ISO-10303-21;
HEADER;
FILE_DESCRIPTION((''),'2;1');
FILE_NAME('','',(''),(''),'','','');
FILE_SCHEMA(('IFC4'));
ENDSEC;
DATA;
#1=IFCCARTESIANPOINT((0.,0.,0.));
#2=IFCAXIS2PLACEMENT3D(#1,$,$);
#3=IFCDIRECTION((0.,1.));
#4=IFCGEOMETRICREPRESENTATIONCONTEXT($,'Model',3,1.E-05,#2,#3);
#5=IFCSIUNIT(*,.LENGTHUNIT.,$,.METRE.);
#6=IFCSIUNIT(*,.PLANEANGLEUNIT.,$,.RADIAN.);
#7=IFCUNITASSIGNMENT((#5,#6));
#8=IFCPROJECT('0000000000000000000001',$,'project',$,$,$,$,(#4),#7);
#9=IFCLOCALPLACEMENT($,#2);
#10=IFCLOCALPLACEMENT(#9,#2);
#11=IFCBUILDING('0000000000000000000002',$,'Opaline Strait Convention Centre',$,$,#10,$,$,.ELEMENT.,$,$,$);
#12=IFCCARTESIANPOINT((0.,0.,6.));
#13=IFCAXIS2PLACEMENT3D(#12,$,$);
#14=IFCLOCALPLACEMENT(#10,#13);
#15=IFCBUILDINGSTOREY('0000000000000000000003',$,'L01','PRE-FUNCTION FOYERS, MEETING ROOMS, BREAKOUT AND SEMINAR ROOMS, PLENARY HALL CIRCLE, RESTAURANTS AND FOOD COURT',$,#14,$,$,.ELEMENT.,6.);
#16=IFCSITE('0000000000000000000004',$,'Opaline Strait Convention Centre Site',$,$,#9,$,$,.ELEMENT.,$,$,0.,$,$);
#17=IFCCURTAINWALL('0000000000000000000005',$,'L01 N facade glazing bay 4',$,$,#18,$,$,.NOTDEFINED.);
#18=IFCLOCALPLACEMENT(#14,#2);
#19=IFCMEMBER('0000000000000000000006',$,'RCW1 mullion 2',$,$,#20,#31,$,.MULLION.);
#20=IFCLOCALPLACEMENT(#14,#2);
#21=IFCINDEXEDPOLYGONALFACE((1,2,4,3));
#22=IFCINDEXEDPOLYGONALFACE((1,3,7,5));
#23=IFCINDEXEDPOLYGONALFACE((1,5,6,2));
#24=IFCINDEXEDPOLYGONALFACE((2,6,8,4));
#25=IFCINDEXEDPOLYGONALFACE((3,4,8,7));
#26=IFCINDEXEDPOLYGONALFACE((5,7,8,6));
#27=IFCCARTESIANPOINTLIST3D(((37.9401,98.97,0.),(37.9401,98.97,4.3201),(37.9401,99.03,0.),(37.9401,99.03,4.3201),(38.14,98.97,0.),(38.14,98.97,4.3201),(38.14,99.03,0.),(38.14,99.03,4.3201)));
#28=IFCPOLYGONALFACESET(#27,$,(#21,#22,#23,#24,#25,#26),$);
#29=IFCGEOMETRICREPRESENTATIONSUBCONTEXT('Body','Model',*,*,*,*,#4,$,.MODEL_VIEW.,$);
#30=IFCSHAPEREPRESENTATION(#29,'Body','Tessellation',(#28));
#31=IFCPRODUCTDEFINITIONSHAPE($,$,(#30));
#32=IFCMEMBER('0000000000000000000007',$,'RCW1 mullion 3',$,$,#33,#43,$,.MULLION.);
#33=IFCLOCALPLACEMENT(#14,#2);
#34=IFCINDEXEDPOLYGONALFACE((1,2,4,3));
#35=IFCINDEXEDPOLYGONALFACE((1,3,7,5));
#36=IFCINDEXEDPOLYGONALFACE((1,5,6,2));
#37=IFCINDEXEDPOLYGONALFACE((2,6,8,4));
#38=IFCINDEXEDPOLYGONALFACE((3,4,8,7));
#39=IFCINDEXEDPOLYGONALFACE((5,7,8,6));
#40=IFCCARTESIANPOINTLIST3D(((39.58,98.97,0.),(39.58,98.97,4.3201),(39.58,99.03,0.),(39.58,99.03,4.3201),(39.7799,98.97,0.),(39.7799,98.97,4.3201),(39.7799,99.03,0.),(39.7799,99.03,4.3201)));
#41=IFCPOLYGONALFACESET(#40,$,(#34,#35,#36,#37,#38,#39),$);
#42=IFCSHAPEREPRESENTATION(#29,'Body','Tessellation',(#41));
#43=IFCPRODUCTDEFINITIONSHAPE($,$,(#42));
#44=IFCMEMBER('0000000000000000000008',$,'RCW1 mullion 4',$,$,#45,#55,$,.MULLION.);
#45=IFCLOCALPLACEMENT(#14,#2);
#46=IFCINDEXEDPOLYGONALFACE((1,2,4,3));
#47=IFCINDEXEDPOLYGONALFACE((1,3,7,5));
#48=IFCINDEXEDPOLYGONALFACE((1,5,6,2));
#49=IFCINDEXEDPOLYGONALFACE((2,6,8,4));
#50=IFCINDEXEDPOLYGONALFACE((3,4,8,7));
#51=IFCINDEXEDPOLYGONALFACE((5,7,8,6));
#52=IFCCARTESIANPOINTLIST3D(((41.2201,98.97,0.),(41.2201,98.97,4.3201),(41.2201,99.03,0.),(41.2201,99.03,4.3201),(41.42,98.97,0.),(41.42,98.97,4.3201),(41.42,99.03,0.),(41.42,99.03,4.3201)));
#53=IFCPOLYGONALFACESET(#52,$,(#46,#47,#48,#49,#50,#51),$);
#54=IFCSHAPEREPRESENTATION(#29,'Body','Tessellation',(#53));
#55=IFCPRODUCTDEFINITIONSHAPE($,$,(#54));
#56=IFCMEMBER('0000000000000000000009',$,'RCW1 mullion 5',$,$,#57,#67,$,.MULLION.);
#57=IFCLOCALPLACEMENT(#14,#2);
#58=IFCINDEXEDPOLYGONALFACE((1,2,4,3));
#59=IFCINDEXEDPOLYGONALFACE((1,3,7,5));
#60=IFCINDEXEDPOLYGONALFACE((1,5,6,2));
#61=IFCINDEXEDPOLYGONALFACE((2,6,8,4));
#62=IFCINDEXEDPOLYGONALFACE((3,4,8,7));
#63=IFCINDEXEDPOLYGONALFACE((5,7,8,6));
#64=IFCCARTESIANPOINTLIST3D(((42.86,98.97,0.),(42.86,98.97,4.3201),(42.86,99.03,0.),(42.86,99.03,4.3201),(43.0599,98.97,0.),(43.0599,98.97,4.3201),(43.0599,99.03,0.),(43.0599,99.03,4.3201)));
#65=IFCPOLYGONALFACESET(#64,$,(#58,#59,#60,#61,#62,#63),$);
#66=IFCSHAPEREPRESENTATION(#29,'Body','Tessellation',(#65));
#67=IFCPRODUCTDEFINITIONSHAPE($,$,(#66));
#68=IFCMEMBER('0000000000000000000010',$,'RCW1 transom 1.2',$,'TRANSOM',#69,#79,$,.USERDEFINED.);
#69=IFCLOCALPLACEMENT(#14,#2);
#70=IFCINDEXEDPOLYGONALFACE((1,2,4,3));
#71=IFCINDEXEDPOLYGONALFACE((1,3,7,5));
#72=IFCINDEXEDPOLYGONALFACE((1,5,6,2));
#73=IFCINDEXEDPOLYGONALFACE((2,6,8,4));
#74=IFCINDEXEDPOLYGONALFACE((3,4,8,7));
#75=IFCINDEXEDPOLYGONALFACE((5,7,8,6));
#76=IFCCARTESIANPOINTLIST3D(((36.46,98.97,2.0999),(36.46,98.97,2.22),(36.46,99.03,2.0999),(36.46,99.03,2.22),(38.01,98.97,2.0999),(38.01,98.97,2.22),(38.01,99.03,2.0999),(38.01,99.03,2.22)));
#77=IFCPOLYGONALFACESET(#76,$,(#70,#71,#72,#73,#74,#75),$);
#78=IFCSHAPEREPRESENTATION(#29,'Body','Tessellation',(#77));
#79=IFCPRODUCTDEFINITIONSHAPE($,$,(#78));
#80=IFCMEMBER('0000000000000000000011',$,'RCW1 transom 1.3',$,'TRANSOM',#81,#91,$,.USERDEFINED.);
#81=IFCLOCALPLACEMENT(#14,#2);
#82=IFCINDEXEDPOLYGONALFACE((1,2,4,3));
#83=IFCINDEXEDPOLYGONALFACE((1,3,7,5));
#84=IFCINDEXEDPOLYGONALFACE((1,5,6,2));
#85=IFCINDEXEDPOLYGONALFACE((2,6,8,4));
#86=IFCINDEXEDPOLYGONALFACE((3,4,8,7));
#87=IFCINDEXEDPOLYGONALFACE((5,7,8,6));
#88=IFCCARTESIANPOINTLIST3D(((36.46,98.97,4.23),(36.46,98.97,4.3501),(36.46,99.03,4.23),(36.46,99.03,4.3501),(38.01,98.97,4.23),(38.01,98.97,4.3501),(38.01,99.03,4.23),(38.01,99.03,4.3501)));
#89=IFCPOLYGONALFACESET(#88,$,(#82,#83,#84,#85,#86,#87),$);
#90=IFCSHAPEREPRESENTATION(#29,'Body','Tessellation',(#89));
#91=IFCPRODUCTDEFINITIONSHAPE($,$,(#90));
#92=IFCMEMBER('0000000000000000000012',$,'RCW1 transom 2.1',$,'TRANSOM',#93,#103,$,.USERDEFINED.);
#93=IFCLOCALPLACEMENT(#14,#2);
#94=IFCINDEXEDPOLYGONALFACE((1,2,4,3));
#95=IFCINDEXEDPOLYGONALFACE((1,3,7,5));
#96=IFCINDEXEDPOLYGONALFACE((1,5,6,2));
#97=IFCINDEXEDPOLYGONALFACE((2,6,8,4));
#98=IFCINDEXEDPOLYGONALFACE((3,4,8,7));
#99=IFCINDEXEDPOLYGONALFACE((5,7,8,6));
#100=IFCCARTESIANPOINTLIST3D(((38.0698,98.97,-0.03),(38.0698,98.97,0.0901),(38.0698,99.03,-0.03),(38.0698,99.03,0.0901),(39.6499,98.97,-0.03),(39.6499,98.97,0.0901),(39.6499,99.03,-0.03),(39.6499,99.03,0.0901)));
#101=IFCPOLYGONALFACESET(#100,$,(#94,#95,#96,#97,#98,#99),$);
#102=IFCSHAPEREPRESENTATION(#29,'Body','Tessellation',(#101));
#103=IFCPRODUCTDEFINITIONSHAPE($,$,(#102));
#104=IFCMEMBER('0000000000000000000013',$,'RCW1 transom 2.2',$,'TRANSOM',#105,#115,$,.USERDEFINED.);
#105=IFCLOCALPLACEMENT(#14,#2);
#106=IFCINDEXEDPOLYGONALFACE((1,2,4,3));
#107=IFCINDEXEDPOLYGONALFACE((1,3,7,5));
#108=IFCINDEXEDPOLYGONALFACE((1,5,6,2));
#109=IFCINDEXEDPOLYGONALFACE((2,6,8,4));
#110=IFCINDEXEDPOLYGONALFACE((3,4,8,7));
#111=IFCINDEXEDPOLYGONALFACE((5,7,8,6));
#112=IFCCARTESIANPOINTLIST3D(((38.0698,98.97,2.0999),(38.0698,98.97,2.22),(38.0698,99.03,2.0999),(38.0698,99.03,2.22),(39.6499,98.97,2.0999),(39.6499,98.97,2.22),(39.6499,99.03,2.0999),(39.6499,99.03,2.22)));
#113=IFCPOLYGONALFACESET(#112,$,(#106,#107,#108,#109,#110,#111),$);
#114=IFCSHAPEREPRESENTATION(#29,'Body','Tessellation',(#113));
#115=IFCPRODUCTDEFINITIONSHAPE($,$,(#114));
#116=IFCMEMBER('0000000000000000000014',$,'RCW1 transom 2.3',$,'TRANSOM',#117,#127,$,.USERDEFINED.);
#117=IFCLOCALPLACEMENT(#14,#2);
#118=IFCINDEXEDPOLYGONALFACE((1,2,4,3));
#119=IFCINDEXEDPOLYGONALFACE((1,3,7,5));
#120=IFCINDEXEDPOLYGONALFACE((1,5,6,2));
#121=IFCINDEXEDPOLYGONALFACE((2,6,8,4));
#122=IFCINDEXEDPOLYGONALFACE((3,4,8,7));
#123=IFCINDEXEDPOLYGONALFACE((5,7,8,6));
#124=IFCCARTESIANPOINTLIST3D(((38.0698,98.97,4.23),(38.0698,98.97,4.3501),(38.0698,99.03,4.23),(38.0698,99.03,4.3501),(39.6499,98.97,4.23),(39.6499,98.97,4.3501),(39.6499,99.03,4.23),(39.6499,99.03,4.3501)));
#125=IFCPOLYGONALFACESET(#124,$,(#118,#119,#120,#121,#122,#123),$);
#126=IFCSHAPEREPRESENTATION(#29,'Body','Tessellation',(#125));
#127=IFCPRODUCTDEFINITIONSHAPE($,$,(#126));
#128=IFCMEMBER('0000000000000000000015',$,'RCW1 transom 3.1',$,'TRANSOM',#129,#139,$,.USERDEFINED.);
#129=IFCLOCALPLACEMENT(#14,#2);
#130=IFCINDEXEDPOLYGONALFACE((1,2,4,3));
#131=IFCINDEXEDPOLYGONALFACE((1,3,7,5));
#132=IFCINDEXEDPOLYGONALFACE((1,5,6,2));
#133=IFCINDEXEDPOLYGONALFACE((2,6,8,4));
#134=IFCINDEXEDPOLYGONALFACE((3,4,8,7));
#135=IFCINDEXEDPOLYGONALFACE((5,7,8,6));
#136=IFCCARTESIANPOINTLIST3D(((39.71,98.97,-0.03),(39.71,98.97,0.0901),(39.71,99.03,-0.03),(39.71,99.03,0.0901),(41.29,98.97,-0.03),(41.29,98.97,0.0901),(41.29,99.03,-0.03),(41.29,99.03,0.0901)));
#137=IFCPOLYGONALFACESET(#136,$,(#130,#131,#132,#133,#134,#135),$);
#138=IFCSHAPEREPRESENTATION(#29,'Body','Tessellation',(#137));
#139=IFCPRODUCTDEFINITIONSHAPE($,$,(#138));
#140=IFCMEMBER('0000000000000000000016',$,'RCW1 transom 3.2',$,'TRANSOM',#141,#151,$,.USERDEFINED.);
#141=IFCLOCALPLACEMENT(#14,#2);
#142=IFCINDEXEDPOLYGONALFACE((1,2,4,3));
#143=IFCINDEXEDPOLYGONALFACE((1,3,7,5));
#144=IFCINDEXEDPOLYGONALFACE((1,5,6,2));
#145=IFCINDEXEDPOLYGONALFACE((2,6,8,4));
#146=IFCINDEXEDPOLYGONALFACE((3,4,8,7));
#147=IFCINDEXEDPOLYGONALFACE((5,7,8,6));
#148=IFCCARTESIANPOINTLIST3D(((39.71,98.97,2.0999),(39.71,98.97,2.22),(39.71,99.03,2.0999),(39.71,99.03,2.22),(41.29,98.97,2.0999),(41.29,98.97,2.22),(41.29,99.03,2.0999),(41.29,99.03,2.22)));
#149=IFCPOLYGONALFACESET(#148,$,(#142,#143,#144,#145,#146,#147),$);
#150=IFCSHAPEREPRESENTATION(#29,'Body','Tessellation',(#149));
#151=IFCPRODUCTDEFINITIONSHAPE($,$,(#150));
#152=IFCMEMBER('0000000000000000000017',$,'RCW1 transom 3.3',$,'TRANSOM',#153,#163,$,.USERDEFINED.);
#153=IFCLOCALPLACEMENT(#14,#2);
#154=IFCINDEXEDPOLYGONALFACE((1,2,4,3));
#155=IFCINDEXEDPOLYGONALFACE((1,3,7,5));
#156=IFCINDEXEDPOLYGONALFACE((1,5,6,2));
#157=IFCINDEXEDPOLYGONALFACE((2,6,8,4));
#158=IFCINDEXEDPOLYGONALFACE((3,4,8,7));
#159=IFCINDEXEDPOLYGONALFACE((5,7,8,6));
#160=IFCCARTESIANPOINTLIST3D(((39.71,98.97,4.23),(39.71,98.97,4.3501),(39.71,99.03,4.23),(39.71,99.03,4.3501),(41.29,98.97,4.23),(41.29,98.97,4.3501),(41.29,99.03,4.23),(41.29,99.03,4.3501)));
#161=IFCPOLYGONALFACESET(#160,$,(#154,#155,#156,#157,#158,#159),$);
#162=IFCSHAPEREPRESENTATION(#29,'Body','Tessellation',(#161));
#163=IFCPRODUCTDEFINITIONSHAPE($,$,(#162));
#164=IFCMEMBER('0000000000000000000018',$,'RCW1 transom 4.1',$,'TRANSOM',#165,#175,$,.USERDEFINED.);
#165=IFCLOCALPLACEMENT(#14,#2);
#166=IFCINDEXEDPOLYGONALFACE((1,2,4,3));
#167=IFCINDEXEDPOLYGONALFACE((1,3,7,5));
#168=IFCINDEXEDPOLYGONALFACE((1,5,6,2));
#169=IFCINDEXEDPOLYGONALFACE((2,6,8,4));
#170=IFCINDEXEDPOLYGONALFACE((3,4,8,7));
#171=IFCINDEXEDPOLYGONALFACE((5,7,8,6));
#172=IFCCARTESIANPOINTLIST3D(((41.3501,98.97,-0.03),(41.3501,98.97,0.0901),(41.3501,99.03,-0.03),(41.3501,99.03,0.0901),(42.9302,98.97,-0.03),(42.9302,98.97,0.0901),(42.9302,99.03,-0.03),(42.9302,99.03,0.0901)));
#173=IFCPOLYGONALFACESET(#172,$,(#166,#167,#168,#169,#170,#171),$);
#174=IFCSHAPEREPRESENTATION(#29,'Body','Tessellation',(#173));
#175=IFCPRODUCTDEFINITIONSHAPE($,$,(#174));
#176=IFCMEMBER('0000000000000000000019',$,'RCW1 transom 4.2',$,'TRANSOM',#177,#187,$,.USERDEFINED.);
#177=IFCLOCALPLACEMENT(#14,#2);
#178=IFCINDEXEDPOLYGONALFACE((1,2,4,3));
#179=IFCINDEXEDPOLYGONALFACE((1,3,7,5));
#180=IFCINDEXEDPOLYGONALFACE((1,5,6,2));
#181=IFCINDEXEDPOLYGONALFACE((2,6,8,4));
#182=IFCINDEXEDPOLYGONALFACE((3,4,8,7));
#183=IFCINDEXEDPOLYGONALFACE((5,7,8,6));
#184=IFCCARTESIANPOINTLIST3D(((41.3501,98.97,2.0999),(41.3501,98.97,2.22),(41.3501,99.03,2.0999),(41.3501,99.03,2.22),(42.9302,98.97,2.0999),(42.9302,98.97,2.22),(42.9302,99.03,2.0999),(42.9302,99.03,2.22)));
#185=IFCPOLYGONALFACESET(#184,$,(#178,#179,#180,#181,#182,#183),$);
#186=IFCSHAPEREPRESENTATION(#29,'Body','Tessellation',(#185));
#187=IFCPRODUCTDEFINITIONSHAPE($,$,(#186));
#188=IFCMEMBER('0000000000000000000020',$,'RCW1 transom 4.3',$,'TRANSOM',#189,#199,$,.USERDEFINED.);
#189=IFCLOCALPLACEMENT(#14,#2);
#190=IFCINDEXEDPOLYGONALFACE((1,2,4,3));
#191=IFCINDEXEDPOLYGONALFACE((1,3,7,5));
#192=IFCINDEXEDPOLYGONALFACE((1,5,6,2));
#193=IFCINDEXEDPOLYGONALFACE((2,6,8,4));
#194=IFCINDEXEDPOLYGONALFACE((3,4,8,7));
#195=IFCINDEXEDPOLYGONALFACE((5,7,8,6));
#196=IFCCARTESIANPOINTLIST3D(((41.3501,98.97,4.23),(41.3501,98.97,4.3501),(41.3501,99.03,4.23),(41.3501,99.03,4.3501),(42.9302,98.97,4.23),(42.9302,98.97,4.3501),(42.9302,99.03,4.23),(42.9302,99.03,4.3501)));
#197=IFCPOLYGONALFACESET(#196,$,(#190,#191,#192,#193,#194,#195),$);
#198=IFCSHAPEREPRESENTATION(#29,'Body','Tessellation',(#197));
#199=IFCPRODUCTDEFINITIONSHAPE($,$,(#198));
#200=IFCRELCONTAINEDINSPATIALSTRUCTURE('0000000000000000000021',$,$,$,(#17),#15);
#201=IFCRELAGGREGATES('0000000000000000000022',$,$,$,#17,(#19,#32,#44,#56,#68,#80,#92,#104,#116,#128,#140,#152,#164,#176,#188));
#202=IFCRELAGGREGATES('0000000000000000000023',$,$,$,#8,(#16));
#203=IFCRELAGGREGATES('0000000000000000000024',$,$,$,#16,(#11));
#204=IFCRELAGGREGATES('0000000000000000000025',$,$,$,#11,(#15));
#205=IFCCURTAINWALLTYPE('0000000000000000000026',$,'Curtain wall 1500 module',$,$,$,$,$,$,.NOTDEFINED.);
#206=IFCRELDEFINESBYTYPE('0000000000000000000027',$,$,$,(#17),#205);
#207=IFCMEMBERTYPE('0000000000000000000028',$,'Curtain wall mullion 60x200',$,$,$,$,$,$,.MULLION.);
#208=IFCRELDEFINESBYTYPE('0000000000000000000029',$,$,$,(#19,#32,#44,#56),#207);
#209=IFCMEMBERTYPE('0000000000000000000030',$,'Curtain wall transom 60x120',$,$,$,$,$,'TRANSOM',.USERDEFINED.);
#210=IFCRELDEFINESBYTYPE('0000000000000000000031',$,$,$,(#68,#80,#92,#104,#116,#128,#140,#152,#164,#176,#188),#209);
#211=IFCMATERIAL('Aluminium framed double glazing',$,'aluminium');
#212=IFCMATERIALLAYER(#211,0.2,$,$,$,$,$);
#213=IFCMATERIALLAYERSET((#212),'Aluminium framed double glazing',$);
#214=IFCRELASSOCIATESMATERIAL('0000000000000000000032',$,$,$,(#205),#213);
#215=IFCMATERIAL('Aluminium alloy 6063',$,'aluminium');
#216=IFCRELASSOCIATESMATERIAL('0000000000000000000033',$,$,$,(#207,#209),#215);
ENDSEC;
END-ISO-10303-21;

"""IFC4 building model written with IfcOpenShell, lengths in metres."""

from ifc_helpers import new_model, si_unit, direction, frame, origin, origin_2d, place, context, subcontext, project, spatial, rectangle, extrude, material, layer, layer_set, material_profile, profile_set, type_object, element, aggregate, save


model = new_model("IFC4")

# Units and contexts
model_context = context("Model", 3, precision=1e-05, world=origin(), true_north=direction((0.0, 1.0)))
body_context = subcontext(model_context, "Body", "Model", "MODEL_VIEW")
ifc_project = project(units=[si_unit("LENGTHUNIT", "METRE"), si_unit("PLANEANGLEUNIT", "RADIAN")], contexts=[model_context])

# Site, building, storey
site_placement = place(None, origin())
site = spatial("IfcSite", under=ifc_project, at=site_placement, Name="Opaline Strait Convention Centre Site", CompositionType="ELEMENT", RefElevation=0.0)
building_placement = place(site_placement, origin())
building = spatial("IfcBuilding", under=site, at=building_placement, Name="Opaline Strait Convention Centre", CompositionType="ELEMENT")
storey_placement = place(building_placement, frame((0.0, 0.0, 6.0)))
storey = spatial("IfcBuildingStorey", under=building, at=storey_placement, Name="L01", Description="PRE-FUNCTION FOYERS, MEETING ROOMS, BREAKOUT AND SEMINAR ROOMS, PLENARY HALL CIRCLE, RESTAURANTS AND FOOD COURT", CompositionType="ELEMENT", Elevation=6.0)

# Curtain wall, members
ifc_material_1 = material(Name="Aluminium framed double glazing", Category="aluminium")
ifc_layer_1 = layer(ifc_material_1, 0.2)
ifc_layer_set_1 = layer_set([ifc_layer_1], Name="Aluminium framed double glazing")
curtain_wall_type = type_object("IfcCurtainWallType", Name="Curtain wall 1500 module", PredefinedType="NOTDEFINED", material=ifc_layer_set_1)
curtain_wall_placement = place(storey_placement, origin())
curtain_wall = element("IfcCurtainWall", 1, at=curtain_wall_placement, inside=storey, type_object=curtain_wall_type, Name="L01 N facade glazing bay 4", PredefinedType="NOTDEFINED")
ifc_material_2 = material(Name="Aluminium alloy 6063", Category="aluminium")
ifc_material_profile_1 = material_profile(ifc_material_2, rectangle(XDim=0.0601, YDim=0.2, at=origin_2d()), Name="Curtain wall mullion 60x200")
ifc_profile_set_1 = profile_set([ifc_material_profile_1], Name="Aluminium alloy 6063")
member_type_1 = type_object("IfcMemberType", Name="Curtain wall mullion 60x200", PredefinedType="MULLION", material=ifc_profile_set_1)
member_1_placement = place(storey_placement, frame((38.04, 99.0, 0.0), z_axis=(0.0, 0.0, 1.0), x_axis=(0.0, 1.0, 0.0)))
member_1 = element("IfcMember", 2, at=member_1_placement, type_object=member_type_1, Name="RCW1 mullion 2", PredefinedType="MULLION", context=body_context, shape_type="SweptSolid", body=[
    extrude(rectangle(XDim=0.0601, YDim=0.2, at=origin_2d()), origin(), (0.0, 0.0, 1.0), 4.3201),
])
member_2_placement = place(storey_placement, frame((39.6799, 99.0, 0.0), z_axis=(0.0, 0.0, 1.0), x_axis=(0.0, 1.0, 0.0)))
member_2 = element("IfcMember", 3, at=member_2_placement, type_object=member_type_1, Name="RCW1 mullion 3", PredefinedType="MULLION", context=body_context, shape_type="SweptSolid", body=[
    extrude(rectangle(XDim=0.0601, YDim=0.2, at=origin_2d()), origin(), (0.0, 0.0, 1.0), 4.3201),
])
member_3_placement = place(storey_placement, frame((41.3201, 99.0, 0.0), z_axis=(0.0, 0.0, 1.0), x_axis=(0.0, 1.0, 0.0)))
member_3 = element("IfcMember", 4, at=member_3_placement, type_object=member_type_1, Name="RCW1 mullion 4", PredefinedType="MULLION", context=body_context, shape_type="SweptSolid", body=[
    extrude(rectangle(XDim=0.0601, YDim=0.2, at=origin_2d()), origin(), (0.0, 0.0, 1.0), 4.3201),
])
member_4_placement = place(storey_placement, frame((42.96, 99.0, 0.0), z_axis=(0.0, 0.0, 1.0), x_axis=(0.0, 1.0, 0.0)))
member_4 = element("IfcMember", 5, at=member_4_placement, type_object=member_type_1, Name="RCW1 mullion 5", PredefinedType="MULLION", context=body_context, shape_type="SweptSolid", body=[
    extrude(rectangle(XDim=0.0601, YDim=0.2, at=origin_2d()), origin(), (0.0, 0.0, 1.0), 4.3201),
])
ifc_material_profile_2 = material_profile(ifc_material_2, rectangle(XDim=0.0601, YDim=0.1201, at=origin_2d()), Name="Curtain wall transom 60x120")
ifc_profile_set_2 = profile_set([ifc_material_profile_2], Name="Aluminium alloy 6063")
member_type_2 = type_object("IfcMemberType", Name="Curtain wall transom 60x120", ElementType="TRANSOM", PredefinedType="USERDEFINED", material=ifc_profile_set_2)
member_5_placement = place(storey_placement, frame((36.46, 99.0, 2.1599), z_axis=(1.0, 0.0, 0.0), x_axis=(0.0, 1.0, 0.0)))
member_5 = element("IfcMember", 6, at=member_5_placement, type_object=member_type_2, Name="RCW1 transom 1.2", ObjectType="TRANSOM", PredefinedType="USERDEFINED", context=body_context, shape_type="SweptSolid", body=[
    extrude(rectangle(XDim=0.0601, YDim=0.1201, at=origin_2d()), origin(), (0.0, 0.0, 1.0), 1.55),
])
member_6_placement = place(storey_placement, frame((36.46, 99.0, 4.29), z_axis=(1.0, 0.0, 0.0), x_axis=(0.0, 1.0, 0.0)))
member_6 = element("IfcMember", 7, at=member_6_placement, type_object=member_type_2, Name="RCW1 transom 1.3", ObjectType="TRANSOM", PredefinedType="USERDEFINED", context=body_context, shape_type="SweptSolid", body=[
    extrude(rectangle(XDim=0.0601, YDim=0.1201, at=origin_2d()), origin(), (0.0, 0.0, 1.0), 1.55),
])
member_7_placement = place(storey_placement, frame((38.0698, 99.0, 0.03), z_axis=(1.0, 0.0, 0.0), x_axis=(0.0, 1.0, 0.0)))
member_7 = element("IfcMember", 8, at=member_7_placement, type_object=member_type_2, Name="RCW1 transom 2.1", ObjectType="TRANSOM", PredefinedType="USERDEFINED", context=body_context, shape_type="SweptSolid", body=[
    extrude(rectangle(XDim=0.0601, YDim=0.1201, at=origin_2d()), origin(), (0.0, 0.0, 1.0), 1.5801),
])
member_8_placement = place(storey_placement, frame((38.0698, 99.0, 2.1599), z_axis=(1.0, 0.0, 0.0), x_axis=(0.0, 1.0, 0.0)))
member_8 = element("IfcMember", 9, at=member_8_placement, type_object=member_type_2, Name="RCW1 transom 2.2", ObjectType="TRANSOM", PredefinedType="USERDEFINED", context=body_context, shape_type="SweptSolid", body=[
    extrude(rectangle(XDim=0.0601, YDim=0.1201, at=origin_2d()), origin(), (0.0, 0.0, 1.0), 1.5801),
])
member_9_placement = place(storey_placement, frame((38.0698, 99.0, 4.29), z_axis=(1.0, 0.0, 0.0), x_axis=(0.0, 1.0, 0.0)))
member_9 = element("IfcMember", 10, at=member_9_placement, type_object=member_type_2, Name="RCW1 transom 2.3", ObjectType="TRANSOM", PredefinedType="USERDEFINED", context=body_context, shape_type="SweptSolid", body=[
    extrude(rectangle(XDim=0.0601, YDim=0.1201, at=origin_2d()), origin(), (0.0, 0.0, 1.0), 1.5801),
])
member_10_placement = place(storey_placement, frame((39.71, 99.0, 0.03), z_axis=(1.0, 0.0, 0.0), x_axis=(0.0, 1.0, 0.0)))
member_10 = element("IfcMember", 11, at=member_10_placement, type_object=member_type_2, Name="RCW1 transom 3.1", ObjectType="TRANSOM", PredefinedType="USERDEFINED", context=body_context, shape_type="SweptSolid", body=[
    extrude(rectangle(XDim=0.0601, YDim=0.1201, at=origin_2d()), origin(), (0.0, 0.0, 1.0), 1.5801),
])
member_11_placement = place(storey_placement, frame((39.71, 99.0, 2.1599), z_axis=(1.0, 0.0, 0.0), x_axis=(0.0, 1.0, 0.0)))
member_11 = element("IfcMember", 12, at=member_11_placement, type_object=member_type_2, Name="RCW1 transom 3.2", ObjectType="TRANSOM", PredefinedType="USERDEFINED", context=body_context, shape_type="SweptSolid", body=[
    extrude(rectangle(XDim=0.0601, YDim=0.1201, at=origin_2d()), origin(), (0.0, 0.0, 1.0), 1.5801),
])
member_12_placement = place(storey_placement, frame((39.71, 99.0, 4.29), z_axis=(1.0, 0.0, 0.0), x_axis=(0.0, 1.0, 0.0)))
member_12 = element("IfcMember", 13, at=member_12_placement, type_object=member_type_2, Name="RCW1 transom 3.3", ObjectType="TRANSOM", PredefinedType="USERDEFINED", context=body_context, shape_type="SweptSolid", body=[
    extrude(rectangle(XDim=0.0601, YDim=0.1201, at=origin_2d()), origin(), (0.0, 0.0, 1.0), 1.5801),
])
member_13_placement = place(storey_placement, frame((41.3501, 99.0, 0.03), z_axis=(1.0, 0.0, 0.0), x_axis=(0.0, 1.0, 0.0)))
member_13 = element("IfcMember", 14, at=member_13_placement, type_object=member_type_2, Name="RCW1 transom 4.1", ObjectType="TRANSOM", PredefinedType="USERDEFINED", context=body_context, shape_type="SweptSolid", body=[
    extrude(rectangle(XDim=0.0601, YDim=0.1201, at=origin_2d()), origin(), (0.0, 0.0, 1.0), 1.5801),
])
member_14_placement = place(storey_placement, frame((41.3501, 99.0, 2.1599), z_axis=(1.0, 0.0, 0.0), x_axis=(0.0, 1.0, 0.0)))
member_14 = element("IfcMember", 15, at=member_14_placement, type_object=member_type_2, Name="RCW1 transom 4.2", ObjectType="TRANSOM", PredefinedType="USERDEFINED", context=body_context, shape_type="SweptSolid", body=[
    extrude(rectangle(XDim=0.0601, YDim=0.1201, at=origin_2d()), origin(), (0.0, 0.0, 1.0), 1.5801),
])
member_15_placement = place(storey_placement, frame((41.3501, 99.0, 4.29), z_axis=(1.0, 0.0, 0.0), x_axis=(0.0, 1.0, 0.0)))
member_15 = element("IfcMember", 16, at=member_15_placement, type_object=member_type_2, Name="RCW1 transom 4.3", ObjectType="TRANSOM", PredefinedType="USERDEFINED", context=body_context, shape_type="SweptSolid", body=[
    extrude(rectangle(XDim=0.0601, YDim=0.1201, at=origin_2d()), origin(), (0.0, 0.0, 1.0), 1.5801),
])
aggregate(curtain_wall, [member_1, member_2, member_3, member_4, member_5, member_6, member_7, member_8, member_9, member_10, member_11, member_12, member_13, member_14, member_15])

save(model, "model.ifc")
